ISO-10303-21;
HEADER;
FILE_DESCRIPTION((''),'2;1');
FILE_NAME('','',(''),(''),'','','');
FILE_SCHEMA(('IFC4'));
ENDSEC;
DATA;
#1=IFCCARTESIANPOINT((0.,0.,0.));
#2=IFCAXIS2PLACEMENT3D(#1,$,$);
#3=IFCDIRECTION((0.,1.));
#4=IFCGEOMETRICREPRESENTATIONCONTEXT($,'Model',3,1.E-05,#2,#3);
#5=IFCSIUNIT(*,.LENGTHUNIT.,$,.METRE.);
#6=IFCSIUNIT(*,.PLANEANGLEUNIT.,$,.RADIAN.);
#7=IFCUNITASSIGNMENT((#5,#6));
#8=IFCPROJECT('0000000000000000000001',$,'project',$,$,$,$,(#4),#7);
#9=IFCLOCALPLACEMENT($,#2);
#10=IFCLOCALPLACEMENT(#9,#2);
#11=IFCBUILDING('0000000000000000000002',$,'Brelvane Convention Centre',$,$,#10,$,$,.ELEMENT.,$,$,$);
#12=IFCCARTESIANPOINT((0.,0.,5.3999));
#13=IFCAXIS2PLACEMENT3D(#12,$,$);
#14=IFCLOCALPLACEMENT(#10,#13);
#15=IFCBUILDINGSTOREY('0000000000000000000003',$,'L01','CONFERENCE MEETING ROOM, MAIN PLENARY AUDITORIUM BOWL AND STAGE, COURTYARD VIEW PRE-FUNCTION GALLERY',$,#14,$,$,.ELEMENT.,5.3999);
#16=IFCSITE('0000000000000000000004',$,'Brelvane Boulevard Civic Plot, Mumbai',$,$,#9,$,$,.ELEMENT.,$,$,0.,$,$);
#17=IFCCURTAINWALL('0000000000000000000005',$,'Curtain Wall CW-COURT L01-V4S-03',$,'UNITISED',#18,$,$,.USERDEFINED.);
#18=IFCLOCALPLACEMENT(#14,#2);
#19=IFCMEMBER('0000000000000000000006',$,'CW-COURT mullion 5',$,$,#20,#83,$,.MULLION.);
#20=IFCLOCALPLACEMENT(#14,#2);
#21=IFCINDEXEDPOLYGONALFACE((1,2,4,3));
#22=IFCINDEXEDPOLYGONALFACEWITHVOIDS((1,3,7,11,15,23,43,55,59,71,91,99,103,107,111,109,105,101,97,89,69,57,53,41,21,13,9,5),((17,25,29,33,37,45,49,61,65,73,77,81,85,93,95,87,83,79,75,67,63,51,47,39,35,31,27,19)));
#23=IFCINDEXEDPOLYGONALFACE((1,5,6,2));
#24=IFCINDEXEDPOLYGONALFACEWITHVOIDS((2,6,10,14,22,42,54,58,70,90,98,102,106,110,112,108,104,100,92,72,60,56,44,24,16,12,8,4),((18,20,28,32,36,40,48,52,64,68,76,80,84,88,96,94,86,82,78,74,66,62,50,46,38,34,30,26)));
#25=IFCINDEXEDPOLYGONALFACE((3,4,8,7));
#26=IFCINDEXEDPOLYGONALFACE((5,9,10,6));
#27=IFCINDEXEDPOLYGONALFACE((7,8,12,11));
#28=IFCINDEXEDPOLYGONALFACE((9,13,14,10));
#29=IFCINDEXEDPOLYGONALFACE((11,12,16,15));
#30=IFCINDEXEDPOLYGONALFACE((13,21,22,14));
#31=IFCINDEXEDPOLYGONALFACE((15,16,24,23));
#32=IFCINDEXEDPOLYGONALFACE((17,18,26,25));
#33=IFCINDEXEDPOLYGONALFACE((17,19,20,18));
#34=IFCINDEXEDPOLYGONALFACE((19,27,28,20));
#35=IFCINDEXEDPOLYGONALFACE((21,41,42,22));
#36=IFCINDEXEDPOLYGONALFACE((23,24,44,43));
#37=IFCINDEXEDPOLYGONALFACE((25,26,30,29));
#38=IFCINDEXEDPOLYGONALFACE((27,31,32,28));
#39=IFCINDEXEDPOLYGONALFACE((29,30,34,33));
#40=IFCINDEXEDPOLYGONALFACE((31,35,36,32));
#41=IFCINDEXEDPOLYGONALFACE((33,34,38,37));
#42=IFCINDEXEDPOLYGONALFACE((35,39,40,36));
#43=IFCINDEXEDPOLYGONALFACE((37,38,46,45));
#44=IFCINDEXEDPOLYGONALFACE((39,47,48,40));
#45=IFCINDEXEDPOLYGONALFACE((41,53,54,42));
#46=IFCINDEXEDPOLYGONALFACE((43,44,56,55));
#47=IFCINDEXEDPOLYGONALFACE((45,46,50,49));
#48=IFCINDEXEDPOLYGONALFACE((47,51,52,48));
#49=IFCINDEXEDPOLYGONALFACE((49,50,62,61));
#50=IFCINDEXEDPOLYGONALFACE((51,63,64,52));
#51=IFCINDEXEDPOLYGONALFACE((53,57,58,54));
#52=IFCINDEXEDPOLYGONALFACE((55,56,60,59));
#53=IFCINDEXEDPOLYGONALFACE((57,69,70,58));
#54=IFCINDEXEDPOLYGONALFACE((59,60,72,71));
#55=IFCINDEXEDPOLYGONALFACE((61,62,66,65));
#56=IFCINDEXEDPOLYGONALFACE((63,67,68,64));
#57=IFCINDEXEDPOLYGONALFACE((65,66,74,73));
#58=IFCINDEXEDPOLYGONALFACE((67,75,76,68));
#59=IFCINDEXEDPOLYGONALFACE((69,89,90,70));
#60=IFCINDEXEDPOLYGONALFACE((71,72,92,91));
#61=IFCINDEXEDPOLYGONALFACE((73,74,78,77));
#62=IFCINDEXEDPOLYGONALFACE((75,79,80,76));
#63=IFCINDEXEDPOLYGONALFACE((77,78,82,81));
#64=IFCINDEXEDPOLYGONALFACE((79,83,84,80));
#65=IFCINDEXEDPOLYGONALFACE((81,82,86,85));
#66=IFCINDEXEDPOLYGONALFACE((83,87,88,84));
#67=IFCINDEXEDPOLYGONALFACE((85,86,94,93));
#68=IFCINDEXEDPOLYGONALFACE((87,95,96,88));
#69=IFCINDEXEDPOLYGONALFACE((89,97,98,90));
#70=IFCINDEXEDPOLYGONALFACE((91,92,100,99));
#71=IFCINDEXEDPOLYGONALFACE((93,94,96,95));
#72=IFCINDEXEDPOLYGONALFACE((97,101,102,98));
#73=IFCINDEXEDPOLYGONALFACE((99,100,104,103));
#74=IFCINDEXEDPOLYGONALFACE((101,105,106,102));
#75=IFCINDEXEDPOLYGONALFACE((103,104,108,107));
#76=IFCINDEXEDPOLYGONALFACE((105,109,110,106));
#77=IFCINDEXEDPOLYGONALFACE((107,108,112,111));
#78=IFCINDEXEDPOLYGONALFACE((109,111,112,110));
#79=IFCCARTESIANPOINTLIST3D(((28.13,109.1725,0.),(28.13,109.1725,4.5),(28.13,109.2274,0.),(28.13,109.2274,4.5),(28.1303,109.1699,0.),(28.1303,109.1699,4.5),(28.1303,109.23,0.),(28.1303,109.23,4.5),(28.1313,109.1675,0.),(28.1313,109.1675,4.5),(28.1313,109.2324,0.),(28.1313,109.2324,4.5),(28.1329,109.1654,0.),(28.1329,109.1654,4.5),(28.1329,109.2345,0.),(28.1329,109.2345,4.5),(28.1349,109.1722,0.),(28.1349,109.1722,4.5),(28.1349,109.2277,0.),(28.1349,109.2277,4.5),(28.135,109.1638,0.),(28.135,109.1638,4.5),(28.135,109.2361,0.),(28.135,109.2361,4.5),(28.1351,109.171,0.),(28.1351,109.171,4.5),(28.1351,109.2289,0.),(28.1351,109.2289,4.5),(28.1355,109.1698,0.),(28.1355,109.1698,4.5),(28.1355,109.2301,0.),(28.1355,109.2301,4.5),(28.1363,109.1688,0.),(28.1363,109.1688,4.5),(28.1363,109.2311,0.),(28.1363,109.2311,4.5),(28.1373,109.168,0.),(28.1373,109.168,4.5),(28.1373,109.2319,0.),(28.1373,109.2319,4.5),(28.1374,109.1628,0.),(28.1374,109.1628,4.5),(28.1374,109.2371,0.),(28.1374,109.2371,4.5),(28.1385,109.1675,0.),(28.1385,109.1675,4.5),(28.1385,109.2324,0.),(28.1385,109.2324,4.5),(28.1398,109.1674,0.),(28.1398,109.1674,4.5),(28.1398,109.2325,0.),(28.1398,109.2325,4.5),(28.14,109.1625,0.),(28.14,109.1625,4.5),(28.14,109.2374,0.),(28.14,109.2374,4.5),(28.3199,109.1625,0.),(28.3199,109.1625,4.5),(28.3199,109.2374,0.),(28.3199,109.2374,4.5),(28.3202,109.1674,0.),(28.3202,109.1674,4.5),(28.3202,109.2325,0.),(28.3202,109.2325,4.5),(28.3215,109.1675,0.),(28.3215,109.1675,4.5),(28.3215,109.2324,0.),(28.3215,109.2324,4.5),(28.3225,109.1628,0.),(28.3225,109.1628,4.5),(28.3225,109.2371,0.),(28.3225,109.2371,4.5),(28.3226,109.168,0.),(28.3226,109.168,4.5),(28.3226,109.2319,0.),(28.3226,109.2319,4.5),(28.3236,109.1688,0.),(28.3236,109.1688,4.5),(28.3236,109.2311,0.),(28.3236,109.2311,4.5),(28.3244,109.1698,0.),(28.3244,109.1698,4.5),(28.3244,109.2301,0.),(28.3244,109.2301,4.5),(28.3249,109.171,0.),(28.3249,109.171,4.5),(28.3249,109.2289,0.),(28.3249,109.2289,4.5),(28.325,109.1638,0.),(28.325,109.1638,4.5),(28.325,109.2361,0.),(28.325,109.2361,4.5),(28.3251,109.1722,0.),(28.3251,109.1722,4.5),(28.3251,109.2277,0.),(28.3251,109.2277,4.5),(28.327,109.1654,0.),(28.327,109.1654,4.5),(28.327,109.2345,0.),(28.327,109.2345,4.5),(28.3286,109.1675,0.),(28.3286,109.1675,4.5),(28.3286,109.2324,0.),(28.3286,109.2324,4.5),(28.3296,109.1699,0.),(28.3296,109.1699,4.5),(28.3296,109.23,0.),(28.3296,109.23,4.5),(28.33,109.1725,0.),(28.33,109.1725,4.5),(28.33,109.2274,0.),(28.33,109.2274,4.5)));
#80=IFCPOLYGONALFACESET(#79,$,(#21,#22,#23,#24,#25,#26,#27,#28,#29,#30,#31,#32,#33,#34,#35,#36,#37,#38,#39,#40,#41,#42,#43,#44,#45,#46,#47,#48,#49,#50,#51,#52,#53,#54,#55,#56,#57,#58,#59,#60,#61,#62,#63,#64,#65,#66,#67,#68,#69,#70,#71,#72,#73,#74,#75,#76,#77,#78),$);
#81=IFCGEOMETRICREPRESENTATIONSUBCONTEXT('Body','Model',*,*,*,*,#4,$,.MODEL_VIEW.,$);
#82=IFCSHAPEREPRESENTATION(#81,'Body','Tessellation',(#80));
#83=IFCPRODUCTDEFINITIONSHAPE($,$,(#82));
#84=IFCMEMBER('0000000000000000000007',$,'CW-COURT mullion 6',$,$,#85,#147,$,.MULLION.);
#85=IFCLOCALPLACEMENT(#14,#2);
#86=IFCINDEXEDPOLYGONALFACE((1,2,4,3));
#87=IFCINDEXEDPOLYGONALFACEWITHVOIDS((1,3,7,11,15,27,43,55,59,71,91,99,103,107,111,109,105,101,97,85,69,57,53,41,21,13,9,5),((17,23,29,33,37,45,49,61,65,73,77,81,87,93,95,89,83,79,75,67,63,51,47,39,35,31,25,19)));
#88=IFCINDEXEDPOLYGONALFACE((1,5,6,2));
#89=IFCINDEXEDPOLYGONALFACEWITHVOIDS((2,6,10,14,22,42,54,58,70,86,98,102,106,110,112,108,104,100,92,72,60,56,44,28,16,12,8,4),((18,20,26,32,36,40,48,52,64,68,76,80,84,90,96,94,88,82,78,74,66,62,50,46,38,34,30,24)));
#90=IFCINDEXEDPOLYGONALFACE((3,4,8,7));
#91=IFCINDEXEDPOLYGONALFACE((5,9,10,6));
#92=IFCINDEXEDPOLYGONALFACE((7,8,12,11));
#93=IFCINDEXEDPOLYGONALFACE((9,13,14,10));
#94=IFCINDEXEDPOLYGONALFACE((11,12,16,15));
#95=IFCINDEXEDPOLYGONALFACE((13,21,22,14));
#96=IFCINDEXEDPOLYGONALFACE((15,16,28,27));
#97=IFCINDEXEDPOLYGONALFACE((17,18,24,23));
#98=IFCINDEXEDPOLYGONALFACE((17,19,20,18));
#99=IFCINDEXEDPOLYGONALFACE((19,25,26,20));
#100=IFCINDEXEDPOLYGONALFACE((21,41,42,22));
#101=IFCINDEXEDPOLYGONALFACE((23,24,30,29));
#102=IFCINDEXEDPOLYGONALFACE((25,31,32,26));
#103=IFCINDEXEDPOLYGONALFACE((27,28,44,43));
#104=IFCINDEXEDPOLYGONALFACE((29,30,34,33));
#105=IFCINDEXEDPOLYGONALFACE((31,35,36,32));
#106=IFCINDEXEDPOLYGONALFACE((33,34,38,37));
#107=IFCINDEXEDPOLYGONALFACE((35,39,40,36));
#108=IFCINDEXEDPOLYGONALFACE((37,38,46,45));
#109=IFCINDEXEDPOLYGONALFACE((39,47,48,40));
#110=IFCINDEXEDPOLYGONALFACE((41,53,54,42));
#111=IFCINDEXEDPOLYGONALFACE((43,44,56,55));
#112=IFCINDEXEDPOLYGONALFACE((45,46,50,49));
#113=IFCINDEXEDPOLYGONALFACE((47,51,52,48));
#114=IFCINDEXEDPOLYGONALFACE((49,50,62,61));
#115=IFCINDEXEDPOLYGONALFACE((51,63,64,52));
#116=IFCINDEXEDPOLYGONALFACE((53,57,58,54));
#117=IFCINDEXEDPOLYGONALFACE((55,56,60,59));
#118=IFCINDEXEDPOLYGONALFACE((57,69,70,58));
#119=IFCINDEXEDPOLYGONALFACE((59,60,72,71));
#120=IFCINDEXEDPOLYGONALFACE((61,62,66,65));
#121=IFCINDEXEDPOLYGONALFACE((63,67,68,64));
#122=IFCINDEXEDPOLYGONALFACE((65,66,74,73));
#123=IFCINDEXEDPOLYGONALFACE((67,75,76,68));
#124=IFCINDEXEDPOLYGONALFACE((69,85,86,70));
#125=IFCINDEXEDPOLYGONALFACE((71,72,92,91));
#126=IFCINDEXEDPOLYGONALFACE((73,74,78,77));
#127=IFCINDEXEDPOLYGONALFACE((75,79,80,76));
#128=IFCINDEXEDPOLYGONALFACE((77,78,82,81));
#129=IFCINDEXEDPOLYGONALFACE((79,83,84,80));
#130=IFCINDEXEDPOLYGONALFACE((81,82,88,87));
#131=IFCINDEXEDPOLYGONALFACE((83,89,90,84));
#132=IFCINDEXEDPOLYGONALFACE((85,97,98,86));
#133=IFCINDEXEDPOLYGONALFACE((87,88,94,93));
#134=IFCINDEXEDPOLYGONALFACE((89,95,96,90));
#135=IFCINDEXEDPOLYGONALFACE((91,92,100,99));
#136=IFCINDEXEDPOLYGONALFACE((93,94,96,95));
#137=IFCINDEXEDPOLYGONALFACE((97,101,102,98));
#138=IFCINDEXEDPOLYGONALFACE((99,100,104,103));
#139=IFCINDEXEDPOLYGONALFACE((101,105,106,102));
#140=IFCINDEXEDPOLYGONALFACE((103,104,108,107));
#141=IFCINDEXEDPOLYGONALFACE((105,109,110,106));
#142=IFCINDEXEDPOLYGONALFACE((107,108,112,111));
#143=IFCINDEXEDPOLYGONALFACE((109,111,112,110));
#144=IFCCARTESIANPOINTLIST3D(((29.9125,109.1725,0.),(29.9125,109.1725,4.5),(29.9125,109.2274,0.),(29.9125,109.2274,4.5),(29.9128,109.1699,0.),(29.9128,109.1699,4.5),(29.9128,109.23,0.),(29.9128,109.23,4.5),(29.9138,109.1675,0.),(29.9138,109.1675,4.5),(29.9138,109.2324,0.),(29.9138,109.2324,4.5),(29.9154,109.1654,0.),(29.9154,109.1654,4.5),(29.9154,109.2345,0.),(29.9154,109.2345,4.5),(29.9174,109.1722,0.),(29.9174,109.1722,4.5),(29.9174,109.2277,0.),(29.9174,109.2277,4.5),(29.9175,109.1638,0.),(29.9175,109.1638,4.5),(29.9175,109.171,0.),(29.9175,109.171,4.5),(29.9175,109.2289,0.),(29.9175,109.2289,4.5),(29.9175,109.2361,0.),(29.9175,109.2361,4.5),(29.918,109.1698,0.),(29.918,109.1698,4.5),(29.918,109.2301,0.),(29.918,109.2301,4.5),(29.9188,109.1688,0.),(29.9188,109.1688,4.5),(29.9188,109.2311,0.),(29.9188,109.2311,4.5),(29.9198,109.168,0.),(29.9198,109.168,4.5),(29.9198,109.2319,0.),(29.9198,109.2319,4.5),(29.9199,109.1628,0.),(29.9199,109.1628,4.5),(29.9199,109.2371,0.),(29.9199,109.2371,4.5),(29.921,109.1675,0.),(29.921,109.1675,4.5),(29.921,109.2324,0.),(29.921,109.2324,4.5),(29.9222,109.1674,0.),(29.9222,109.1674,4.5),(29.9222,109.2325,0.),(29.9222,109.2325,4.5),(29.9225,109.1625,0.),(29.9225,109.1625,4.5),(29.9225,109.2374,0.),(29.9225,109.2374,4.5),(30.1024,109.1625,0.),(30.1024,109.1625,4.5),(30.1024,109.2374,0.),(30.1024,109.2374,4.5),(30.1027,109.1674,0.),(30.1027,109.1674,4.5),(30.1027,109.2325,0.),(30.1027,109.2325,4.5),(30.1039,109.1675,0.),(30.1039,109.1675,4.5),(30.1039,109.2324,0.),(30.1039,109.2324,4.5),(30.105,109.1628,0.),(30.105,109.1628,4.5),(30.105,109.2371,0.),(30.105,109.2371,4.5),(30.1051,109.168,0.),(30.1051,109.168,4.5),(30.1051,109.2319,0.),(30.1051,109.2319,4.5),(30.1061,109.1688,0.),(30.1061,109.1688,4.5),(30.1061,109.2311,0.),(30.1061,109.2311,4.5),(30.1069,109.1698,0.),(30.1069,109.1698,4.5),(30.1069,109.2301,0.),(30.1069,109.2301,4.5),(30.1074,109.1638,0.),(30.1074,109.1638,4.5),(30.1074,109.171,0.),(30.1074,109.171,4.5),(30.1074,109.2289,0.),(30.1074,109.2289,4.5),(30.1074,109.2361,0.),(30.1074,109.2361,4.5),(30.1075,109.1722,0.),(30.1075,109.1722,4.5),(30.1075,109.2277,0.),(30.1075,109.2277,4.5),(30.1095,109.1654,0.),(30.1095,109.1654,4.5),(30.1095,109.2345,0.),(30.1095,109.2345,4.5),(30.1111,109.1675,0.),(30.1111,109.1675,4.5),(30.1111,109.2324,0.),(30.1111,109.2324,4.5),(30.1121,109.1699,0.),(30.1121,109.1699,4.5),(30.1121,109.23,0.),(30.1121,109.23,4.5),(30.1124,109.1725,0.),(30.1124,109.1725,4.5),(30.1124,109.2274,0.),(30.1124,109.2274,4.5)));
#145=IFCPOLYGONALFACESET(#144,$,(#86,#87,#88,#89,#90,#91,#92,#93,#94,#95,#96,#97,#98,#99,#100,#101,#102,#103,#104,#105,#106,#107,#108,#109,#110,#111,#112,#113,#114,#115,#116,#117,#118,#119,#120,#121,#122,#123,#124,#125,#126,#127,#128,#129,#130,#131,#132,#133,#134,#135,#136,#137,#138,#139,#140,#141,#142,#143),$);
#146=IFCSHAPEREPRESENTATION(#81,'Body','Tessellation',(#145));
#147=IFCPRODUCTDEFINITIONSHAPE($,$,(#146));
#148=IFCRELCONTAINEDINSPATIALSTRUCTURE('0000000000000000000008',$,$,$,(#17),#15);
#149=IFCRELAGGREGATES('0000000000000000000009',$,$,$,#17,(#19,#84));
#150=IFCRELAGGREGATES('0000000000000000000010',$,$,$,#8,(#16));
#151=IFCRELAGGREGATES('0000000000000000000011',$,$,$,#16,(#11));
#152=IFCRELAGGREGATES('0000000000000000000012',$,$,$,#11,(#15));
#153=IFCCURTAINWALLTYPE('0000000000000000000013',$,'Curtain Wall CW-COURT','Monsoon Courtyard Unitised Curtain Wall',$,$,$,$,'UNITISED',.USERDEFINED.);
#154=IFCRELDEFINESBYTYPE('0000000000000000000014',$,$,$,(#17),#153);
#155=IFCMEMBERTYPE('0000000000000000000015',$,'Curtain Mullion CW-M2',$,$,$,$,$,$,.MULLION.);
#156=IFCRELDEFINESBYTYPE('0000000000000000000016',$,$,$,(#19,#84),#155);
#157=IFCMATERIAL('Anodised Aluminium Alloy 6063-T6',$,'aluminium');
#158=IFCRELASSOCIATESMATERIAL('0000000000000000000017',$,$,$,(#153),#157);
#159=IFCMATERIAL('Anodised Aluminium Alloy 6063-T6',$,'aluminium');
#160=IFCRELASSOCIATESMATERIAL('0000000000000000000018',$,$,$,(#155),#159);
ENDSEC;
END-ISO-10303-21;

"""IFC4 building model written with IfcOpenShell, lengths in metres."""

from ifc_helpers import new_model, si_unit, direction, frame, origin, origin_2d, place, context, subcontext, project, spatial, hollow_rectangle, extrude, material, material_profile, profile_set, type_object, element, aggregate, save


model = new_model("IFC4")

# Units and contexts
model_context = context("Model", 3, precision=1e-05, world=origin(), true_north=direction((0.0, 1.0)))
body_context = subcontext(model_context, "Body", "Model", "MODEL_VIEW")
ifc_project = project(units=[si_unit("LENGTHUNIT", "METRE"), si_unit("PLANEANGLEUNIT", "RADIAN")], contexts=[model_context])

# Site, building, storey
site_placement = place(None, origin())
site = spatial("IfcSite", under=ifc_project, at=site_placement, Name="Brelvane Boulevard Civic Plot, Mumbai", CompositionType="ELEMENT", RefElevation=0.0)
building_placement = place(site_placement, origin())
building = spatial("IfcBuilding", under=site, at=building_placement, Name="Brelvane Convention Centre", CompositionType="ELEMENT")
storey_placement = place(building_placement, frame((0.0, 0.0, 5.3999)))
storey = spatial("IfcBuildingStorey", under=building, at=storey_placement, Name="L01", Description="CONFERENCE MEETING ROOM, MAIN PLENARY AUDITORIUM BOWL AND STAGE, COURTYARD VIEW PRE-FUNCTION GALLERY", CompositionType="ELEMENT", Elevation=5.3999)

# Curtain wall, members
ifc_material_1 = material(Name="Anodised Aluminium Alloy 6063-T6", Category="aluminium")
curtain_wall_type = type_object("IfcCurtainWallType", Name="Curtain Wall CW-COURT", Description="Monsoon Courtyard Unitised Curtain Wall", ElementType="UNITISED", PredefinedType="USERDEFINED", material=ifc_material_1)
curtain_wall_placement = place(storey_placement, origin())
curtain_wall = element("IfcCurtainWall", 1, at=curtain_wall_placement, inside=storey, type_object=curtain_wall_type, Name="Curtain Wall CW-COURT L01-V4S-03", ObjectType="UNITISED", PredefinedType="USERDEFINED")
ifc_material_2 = material(Name="Anodised Aluminium Alloy 6063-T6", Category="aluminium")
ifc_material_profile_1 = material_profile(ifc_material_2, hollow_rectangle(XDim=0.075, YDim=0.2, WallThickness=0.0049, InnerFilletRadius=0.0049, OuterFilletRadius=0.01, at=origin_2d()), Name="ALU-M 200x75x5.0")
ifc_profile_set_1 = profile_set([ifc_material_profile_1], Name="Anodised Aluminium Alloy 6063-T6")
member_type_1 = type_object("IfcMemberType", Name="Curtain Mullion CW-M2", PredefinedType="MULLION", material=ifc_profile_set_1)
member_1_placement = place(storey_placement, frame((28.23, 109.2, 0.0), z_axis=(0.0, 0.0, 1.0), x_axis=(0.0, 1.0, 0.0)))
member_1 = element("IfcMember", 2, at=member_1_placement, type_object=member_type_1, Name="CW-COURT mullion 5", PredefinedType="MULLION", context=body_context, shape_type="SweptSolid", body=[
    extrude(hollow_rectangle(XDim=0.075, YDim=0.2, WallThickness=0.0049, InnerFilletRadius=0.0049, OuterFilletRadius=0.01, at=origin_2d()), origin(), (0.0, 0.0, 1.0), 4.5),
])
member_2_placement = place(storey_placement, frame((30.0125, 109.2, 0.0), z_axis=(0.0, 0.0, 1.0), x_axis=(0.0, 1.0, 0.0)))
member_2 = element("IfcMember", 3, at=member_2_placement, type_object=member_type_1, Name="CW-COURT mullion 6", PredefinedType="MULLION", context=body_context, shape_type="SweptSolid", body=[
    extrude(hollow_rectangle(XDim=0.075, YDim=0.2, WallThickness=0.0049, InnerFilletRadius=0.0049, OuterFilletRadius=0.01, at=origin_2d()), origin(), (0.0, 0.0, 1.0), 4.5),
])

aggregate(curtain_wall, [member_1, member_2])

save(model, "model.ifc")
